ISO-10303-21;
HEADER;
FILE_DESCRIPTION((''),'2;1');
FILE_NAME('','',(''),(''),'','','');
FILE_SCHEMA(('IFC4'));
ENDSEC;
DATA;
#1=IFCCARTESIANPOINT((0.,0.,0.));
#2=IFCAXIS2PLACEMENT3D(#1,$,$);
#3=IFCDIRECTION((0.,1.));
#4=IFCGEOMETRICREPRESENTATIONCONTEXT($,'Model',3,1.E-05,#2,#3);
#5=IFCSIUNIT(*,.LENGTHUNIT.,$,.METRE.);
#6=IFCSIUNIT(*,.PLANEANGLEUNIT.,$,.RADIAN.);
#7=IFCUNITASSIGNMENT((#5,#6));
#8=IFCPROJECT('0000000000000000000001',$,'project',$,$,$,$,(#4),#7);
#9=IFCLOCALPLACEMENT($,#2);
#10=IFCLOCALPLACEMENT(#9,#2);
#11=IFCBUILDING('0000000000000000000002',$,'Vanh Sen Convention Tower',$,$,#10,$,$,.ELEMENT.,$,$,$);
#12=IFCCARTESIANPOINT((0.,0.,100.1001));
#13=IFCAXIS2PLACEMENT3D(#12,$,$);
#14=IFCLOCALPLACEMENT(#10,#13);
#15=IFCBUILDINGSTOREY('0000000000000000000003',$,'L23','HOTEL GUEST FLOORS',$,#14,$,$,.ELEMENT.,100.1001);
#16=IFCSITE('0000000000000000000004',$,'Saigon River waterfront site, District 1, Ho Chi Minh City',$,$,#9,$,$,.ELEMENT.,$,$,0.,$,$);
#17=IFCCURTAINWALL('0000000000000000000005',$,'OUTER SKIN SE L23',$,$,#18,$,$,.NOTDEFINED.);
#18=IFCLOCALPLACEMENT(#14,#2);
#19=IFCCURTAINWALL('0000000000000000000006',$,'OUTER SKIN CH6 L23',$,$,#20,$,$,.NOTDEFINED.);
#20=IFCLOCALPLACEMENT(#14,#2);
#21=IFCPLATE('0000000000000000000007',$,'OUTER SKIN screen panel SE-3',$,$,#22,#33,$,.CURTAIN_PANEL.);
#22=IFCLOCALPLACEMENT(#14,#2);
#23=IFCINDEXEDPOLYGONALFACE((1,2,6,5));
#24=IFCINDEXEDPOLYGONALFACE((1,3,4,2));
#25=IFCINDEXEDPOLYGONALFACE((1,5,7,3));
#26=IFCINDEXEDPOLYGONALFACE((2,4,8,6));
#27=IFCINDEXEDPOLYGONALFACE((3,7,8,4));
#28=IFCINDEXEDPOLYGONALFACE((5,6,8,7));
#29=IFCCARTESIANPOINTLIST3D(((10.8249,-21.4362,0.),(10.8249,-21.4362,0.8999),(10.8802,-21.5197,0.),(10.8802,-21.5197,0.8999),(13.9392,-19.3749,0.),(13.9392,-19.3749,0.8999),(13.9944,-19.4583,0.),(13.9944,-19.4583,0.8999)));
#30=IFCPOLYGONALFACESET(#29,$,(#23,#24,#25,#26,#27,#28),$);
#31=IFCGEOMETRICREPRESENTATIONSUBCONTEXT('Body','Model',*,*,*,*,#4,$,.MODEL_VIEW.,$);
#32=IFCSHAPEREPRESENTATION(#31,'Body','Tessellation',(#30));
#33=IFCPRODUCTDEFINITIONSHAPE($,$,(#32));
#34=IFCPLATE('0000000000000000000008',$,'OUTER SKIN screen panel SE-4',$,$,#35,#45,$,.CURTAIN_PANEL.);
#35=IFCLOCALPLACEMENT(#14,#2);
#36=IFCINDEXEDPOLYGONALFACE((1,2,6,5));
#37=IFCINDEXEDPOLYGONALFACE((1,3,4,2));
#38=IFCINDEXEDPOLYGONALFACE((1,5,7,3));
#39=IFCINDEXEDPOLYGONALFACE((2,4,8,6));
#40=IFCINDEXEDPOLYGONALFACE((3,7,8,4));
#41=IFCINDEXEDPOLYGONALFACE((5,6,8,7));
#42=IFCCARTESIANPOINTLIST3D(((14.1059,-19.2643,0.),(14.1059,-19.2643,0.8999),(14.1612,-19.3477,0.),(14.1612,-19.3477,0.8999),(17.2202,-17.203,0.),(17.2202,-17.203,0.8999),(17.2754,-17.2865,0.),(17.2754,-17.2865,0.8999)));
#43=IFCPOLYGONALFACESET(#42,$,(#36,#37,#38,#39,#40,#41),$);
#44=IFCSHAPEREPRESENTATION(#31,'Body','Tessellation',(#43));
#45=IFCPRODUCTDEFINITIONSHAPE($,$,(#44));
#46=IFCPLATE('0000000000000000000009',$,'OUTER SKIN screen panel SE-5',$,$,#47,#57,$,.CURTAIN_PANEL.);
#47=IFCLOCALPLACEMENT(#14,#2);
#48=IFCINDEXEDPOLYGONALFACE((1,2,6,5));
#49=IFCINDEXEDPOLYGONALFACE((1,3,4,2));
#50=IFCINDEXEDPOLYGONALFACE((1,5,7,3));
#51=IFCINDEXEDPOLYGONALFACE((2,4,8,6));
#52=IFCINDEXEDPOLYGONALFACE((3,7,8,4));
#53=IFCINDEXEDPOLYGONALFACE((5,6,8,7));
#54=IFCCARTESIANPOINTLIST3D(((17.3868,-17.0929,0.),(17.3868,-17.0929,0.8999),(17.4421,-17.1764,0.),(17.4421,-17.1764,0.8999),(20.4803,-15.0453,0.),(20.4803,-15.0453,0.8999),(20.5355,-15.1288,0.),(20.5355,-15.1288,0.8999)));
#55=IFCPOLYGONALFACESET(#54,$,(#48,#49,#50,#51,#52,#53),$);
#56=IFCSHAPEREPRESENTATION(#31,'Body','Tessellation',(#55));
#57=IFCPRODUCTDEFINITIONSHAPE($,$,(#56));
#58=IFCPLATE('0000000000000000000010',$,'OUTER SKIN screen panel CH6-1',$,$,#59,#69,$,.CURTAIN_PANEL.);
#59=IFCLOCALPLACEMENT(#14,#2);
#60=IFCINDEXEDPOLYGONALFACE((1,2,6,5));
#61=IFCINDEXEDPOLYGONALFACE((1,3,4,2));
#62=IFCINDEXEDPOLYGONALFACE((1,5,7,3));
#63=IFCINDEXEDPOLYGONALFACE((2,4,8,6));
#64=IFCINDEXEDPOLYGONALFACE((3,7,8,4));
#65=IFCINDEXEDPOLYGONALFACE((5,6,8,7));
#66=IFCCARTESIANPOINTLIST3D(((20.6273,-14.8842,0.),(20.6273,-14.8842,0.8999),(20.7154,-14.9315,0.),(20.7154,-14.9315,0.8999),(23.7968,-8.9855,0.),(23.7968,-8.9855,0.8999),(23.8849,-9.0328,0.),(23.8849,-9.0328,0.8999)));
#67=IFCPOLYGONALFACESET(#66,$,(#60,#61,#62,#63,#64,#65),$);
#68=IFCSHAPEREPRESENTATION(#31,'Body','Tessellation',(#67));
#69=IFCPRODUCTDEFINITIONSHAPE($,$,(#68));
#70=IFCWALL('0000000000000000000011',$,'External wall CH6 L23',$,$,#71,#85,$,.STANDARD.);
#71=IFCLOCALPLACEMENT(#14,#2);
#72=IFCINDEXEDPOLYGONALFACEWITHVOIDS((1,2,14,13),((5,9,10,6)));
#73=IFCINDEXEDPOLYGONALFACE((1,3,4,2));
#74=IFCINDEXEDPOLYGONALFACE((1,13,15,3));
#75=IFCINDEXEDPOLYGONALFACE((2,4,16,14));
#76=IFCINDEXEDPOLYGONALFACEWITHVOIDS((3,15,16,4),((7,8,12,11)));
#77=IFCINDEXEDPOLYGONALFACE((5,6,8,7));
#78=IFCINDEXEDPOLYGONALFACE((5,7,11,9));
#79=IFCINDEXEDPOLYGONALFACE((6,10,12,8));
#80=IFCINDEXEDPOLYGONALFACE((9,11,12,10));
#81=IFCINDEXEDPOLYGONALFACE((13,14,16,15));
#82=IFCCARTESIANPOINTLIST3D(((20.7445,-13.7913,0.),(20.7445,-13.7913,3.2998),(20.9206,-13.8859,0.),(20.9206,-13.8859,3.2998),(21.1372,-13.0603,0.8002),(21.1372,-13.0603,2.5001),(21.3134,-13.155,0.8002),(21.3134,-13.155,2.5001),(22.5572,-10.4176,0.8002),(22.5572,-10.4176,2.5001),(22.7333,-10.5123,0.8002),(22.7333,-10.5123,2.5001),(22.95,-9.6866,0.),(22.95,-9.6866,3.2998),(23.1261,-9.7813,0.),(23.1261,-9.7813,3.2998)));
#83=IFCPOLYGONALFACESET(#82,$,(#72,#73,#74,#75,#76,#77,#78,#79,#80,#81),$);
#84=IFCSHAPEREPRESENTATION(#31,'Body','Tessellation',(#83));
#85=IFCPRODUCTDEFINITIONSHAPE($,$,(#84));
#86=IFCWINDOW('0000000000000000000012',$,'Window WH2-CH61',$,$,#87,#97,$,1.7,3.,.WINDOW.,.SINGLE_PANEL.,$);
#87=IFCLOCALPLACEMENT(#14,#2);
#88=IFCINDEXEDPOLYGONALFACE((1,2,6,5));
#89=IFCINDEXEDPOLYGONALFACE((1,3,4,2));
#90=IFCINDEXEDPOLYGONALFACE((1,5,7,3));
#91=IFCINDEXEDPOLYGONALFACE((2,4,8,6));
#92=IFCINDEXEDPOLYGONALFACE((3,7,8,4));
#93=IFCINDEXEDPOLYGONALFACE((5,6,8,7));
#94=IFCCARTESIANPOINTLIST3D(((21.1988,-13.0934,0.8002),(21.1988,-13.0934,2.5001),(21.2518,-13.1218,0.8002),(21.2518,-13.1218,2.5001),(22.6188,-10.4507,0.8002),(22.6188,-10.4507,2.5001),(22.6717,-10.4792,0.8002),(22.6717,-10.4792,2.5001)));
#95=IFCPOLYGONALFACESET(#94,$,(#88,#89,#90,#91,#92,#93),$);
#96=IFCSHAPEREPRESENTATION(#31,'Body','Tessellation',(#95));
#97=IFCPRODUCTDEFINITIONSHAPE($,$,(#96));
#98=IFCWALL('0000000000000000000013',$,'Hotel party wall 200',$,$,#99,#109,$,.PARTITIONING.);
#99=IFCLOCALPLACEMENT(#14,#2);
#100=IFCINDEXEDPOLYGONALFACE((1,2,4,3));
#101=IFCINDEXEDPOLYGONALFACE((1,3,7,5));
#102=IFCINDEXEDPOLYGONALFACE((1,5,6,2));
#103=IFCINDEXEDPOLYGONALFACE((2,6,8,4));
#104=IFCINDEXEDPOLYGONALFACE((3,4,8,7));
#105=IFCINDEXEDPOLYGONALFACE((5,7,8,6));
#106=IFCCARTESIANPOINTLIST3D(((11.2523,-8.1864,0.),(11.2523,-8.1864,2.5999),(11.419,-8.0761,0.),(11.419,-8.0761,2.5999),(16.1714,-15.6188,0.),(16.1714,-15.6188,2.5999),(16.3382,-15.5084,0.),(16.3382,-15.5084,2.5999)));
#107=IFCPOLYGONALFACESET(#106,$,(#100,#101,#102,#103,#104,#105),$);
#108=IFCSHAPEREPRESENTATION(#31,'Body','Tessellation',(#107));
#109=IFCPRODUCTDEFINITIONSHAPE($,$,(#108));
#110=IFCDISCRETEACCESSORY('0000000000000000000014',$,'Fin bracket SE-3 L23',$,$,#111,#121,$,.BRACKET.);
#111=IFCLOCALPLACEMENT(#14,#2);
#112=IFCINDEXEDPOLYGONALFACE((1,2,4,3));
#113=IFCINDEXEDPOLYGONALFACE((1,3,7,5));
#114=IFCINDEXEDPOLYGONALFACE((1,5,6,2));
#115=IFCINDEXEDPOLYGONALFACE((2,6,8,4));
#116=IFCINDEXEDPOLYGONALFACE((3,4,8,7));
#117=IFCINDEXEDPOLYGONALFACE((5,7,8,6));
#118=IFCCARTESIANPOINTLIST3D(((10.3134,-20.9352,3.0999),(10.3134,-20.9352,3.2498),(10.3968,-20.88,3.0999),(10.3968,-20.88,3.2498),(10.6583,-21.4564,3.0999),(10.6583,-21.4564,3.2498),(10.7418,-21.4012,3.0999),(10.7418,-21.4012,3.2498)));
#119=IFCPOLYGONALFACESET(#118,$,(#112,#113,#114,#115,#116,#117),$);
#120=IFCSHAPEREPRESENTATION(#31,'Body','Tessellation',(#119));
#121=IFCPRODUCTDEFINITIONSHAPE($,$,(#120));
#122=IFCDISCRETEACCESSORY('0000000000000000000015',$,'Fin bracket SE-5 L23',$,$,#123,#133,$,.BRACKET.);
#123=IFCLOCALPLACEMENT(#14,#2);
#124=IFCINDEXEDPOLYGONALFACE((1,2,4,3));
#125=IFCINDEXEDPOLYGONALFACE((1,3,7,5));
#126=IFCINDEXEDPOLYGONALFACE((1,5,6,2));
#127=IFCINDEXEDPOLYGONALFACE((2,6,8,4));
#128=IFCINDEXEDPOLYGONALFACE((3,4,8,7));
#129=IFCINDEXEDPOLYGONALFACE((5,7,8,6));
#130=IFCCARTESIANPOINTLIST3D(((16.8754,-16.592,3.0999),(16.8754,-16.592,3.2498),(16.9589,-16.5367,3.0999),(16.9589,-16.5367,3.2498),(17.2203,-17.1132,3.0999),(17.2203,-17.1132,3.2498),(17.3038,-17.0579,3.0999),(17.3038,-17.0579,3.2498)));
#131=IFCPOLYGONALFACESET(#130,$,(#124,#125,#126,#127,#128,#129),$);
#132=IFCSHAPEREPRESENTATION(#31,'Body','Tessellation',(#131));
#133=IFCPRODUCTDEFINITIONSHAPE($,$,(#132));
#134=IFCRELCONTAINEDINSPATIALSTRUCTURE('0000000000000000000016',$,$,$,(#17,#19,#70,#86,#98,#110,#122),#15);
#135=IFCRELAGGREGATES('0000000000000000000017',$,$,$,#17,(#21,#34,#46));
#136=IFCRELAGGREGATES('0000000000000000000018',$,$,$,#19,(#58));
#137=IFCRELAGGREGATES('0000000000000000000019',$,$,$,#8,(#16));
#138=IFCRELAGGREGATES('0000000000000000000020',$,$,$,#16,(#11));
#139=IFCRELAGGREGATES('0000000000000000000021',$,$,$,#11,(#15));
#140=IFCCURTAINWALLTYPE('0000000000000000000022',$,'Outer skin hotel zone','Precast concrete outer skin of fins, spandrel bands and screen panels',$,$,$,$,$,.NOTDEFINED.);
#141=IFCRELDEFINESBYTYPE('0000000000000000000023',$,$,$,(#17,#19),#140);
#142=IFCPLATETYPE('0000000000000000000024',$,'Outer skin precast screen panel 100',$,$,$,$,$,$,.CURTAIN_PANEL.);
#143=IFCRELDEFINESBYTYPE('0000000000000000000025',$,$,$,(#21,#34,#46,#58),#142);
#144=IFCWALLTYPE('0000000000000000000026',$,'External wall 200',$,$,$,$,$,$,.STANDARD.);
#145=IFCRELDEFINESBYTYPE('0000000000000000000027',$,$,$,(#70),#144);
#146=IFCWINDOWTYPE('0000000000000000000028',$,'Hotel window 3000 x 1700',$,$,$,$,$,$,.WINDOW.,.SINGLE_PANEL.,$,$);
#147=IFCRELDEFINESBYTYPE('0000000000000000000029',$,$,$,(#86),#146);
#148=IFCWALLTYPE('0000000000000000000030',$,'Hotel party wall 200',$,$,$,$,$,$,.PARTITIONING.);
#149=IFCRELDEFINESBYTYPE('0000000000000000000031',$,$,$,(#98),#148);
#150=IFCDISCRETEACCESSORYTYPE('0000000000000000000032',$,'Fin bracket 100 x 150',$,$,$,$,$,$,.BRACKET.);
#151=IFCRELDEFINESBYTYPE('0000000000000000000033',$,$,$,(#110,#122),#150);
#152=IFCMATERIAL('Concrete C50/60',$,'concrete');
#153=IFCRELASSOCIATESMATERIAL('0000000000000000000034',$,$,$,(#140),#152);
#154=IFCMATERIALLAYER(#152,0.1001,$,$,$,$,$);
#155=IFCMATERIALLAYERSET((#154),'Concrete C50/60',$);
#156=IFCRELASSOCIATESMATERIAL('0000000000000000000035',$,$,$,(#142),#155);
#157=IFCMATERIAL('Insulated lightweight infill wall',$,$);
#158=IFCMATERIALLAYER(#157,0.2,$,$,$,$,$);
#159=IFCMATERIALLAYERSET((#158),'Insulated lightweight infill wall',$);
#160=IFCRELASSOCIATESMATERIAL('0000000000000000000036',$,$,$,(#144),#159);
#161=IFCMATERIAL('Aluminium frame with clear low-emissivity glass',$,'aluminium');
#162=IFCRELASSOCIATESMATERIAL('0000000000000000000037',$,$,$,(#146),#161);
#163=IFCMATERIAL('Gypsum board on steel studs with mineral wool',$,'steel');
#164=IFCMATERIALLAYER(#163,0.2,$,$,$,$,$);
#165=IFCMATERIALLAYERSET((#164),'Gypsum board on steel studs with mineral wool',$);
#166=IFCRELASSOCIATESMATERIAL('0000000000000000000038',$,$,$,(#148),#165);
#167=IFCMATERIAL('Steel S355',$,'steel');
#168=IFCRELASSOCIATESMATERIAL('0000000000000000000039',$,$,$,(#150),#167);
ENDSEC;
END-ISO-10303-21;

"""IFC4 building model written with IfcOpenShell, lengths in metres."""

from ifc_helpers import new_model, si_unit, direction, frame, frame_2d, origin, origin_2d, place, context, subcontext, project, spatial, rectangle, extrude, material, layer, layer_set, type_object, element, fill, aggregate, save


model = new_model("IFC4")

# Units and contexts
model_context = context("Model", 3, precision=1e-05, world=origin(), true_north=direction((0.0, 1.0)))
body_context = subcontext(model_context, "Body", "Model", "MODEL_VIEW")
ifc_project = project(units=[si_unit("LENGTHUNIT", "METRE"), si_unit("PLANEANGLEUNIT", "RADIAN")], contexts=[model_context])

# Site, building, storey
site_placement = place(None, origin())
site = spatial("IfcSite", under=ifc_project, at=site_placement, Name="Saigon River waterfront site, District 1, Ho Chi Minh City", CompositionType="ELEMENT", RefElevation=0.0)
building_placement = place(site_placement, origin())
building = spatial("IfcBuilding", under=site, at=building_placement, Name="Vanh Sen Convention Tower", CompositionType="ELEMENT")
storey_placement = place(building_placement, frame((0.0, 0.0, 100.1001)))
storey = spatial("IfcBuildingStorey", under=building, at=storey_placement, Name="L23", Description="HOTEL GUEST FLOORS", CompositionType="ELEMENT", Elevation=100.1001)

# Curtain wall
ifc_material_1 = material(Name="Concrete C50/60", Category="concrete")
curtain_wall_type = type_object("IfcCurtainWallType", Name="Outer skin hotel zone", Description="Precast concrete outer skin of fins, spandrel bands and screen panels", PredefinedType="NOTDEFINED", material=ifc_material_1)
curtain_wall_1_placement = place(storey_placement, origin())
curtain_wall_1 = element("IfcCurtainWall", 1, at=curtain_wall_1_placement, inside=storey, type_object=curtain_wall_type, Name="OUTER SKIN SE L23", PredefinedType="NOTDEFINED")

# Curtain wall
curtain_wall_2_placement = place(storey_placement, origin())
curtain_wall_2 = element("IfcCurtainWall", 2, at=curtain_wall_2_placement, inside=storey, type_object=curtain_wall_type, Name="OUTER SKIN CH6 L23", PredefinedType="NOTDEFINED")

# Plates
ifc_layer_1 = layer(ifc_material_1, 0.1001)
ifc_layer_set_1 = layer_set([ifc_layer_1], Name="Concrete C50/60")
plate_type = type_object("IfcPlateType", Name="Outer skin precast screen panel 100", PredefinedType="CURTAIN_PANEL", material=ifc_layer_set_1)
plate_1_placement = place(storey_placement, frame((12.4097, -20.4473, 0.0), z_axis=(0.0, 0.0, 1.0), x_axis=(0.83388, 0.551946, 0.0)))
plate_1 = element("IfcPlate", 3, at=plate_1_placement, type_object=plate_type, Name="OUTER SKIN screen panel SE-3", PredefinedType="CURTAIN_PANEL", context=body_context, shape_type="SweptSolid", body=[
    extrude(rectangle(XDim=3.7346, YDim=0.1001, at=origin_2d()), origin(), (0.0, 0.0, 1.0), 0.8999),
])
plate_2_placement = place(storey_placement, frame((15.6907, -18.2754, 0.0), z_axis=(0.0, 0.0, 1.0), x_axis=(0.833892, 0.551928, 0.0)))
plate_2 = element("IfcPlate", 4, at=plate_2_placement, type_object=plate_type, Name="OUTER SKIN screen panel SE-4", PredefinedType="CURTAIN_PANEL", context=body_context, shape_type="SweptSolid", body=[
    extrude(rectangle(XDim=3.7346, YDim=0.1001, at=origin_2d()), origin(), (0.0, 0.0, 1.0), 0.8999),
])
plate_3_placement = place(storey_placement, frame((18.9612, -16.1108, 0.0), z_axis=(0.0, 0.0, 1.0), x_axis=(0.83388, 0.551946, 0.0)))
plate_3 = element("IfcPlate", 5, at=plate_3_placement, type_object=plate_type, Name="OUTER SKIN screen panel SE-5", PredefinedType="CURTAIN_PANEL", context=body_context, shape_type="SweptSolid", body=[
    extrude(rectangle(XDim=3.7097, YDim=0.1001, at=origin_2d()), origin(), (0.0, 0.0, 1.0), 0.8999),
])
aggregate(curtain_wall_1, [plate_1, plate_2, plate_3])
plate_4_placement = place(storey_placement, frame((22.2561, -11.9585, 0.0), z_axis=(0.0, 0.0, 1.0), x_axis=(0.473323, 0.880889, 0.0)))
plate_4 = element("IfcPlate", 6, at=plate_4_placement, type_object=plate_type, Name="OUTER SKIN screen panel CH6-1", PredefinedType="CURTAIN_PANEL", context=body_context, shape_type="SweptSolid", body=[
    extrude(rectangle(XDim=6.6963, YDim=0.1001, at=origin_2d()), origin(), (0.0, 0.0, 1.0), 0.8999),
])
aggregate(curtain_wall_2, [plate_4])

# Wall, opening, window
ifc_material_2 = material(Name="Insulated lightweight infill wall")
ifc_layer_2 = layer(ifc_material_2, 0.2)
ifc_layer_set_2 = layer_set([ifc_layer_2], Name="Insulated lightweight infill wall")
wall_type_1 = type_object("IfcWallType", Name="External wall 200", PredefinedType="STANDARD", material=ifc_layer_set_2)
wall_1_placement = place(storey_placement, frame((20.8325, -13.8386, 0.0), z_axis=(0.0, 0.0, 1.0), x_axis=(0.473322, 0.88089, 0.0)))
wall_1 = element("IfcWall", 7, at=wall_1_placement, inside=storey, type_object=wall_type_1, Name="External wall CH6 L23", PredefinedType="STANDARD", context=body_context, shape_type="SweptSolid", body=[
    extrude(rectangle(XDim=4.6597, YDim=0.2, at=frame_2d((2.3298, 0.0))), origin(), (0.0, 0.0, 1.0), 3.2998),
])
opening_placement = place(wall_1_placement, frame((0.8298, 0.0, 0.8)))
opening = element("IfcOpeningElement", 8, at=opening_placement, cuts=wall_1, PredefinedType="OPENING", context=body_context, shape_type="SweptSolid", body=[
    extrude(rectangle(XDim=3.0, YDim=1.7, at=frame_2d((1.5, 0.8501))), frame((0.0, 0.1099, 0.0), z_axis=(0.0, -1.0, 0.0), x_axis=(1.0, 0.0, 0.0)), (0.0, 0.0, 1.0), 0.22),
])
ifc_material_3 = material(Name="Aluminium frame with clear low-emissivity glass", Category="aluminium")
window_type = type_object("IfcWindowType", Name="Hotel window 3000 x 1700", PartitioningType="SINGLE_PANEL", PredefinedType="WINDOW", material=ifc_material_3)
window_placement = place(opening_placement, origin())
window = element("IfcWindow", 9, at=window_placement, inside=storey, type_object=window_type, Name="Window WH2-CH61", OverallHeight=1.7, OverallWidth=3.0, PartitioningType="SINGLE_PANEL", PredefinedType="WINDOW", context=body_context, shape_type="SweptSolid", body=[
    extrude(rectangle(XDim=3.0, YDim=1.7, at=frame_2d((1.5, 0.8501))), frame((0.0, 0.03, 0.0), z_axis=(0.0, -1.0, 0.0), x_axis=(1.0, 0.0, 0.0)), (0.0, 0.0, 1.0), 0.0601),
])
fill(opening, window)

# Wall
ifc_material_4 = material(Name="Gypsum board on steel studs with mineral wool", Category="steel")
ifc_layer_3 = layer(ifc_material_4, 0.2)
ifc_layer_set_3 = layer_set([ifc_layer_3], Name="Gypsum board on steel studs with mineral wool")
wall_type_2 = type_object("IfcWallType", Name="Hotel party wall 200", PredefinedType="PARTITIONING", material=ifc_layer_set_3)
wall_2_placement = place(storey_placement, frame((16.2549, -15.5637, 0.0), z_axis=(0.0, 0.0, 1.0), x_axis=(-0.551922, 0.833896, 0.0)))
element("IfcWall", 10, at=wall_2_placement, inside=storey, type_object=wall_type_2, Name="Hotel party wall 200", PredefinedType="PARTITIONING", context=body_context, shape_type="SweptSolid", body=[
    extrude(rectangle(XDim=8.9128, YDim=0.2, at=frame_2d((4.4565, 0.0))), origin(), (0.0, 0.0, 1.0), 2.5999),
])

# Discrete accessories
ifc_material_5 = material(Name="Steel S355", Category="steel")
discrete_accessory_type = type_object("IfcDiscreteAccessoryType", Name="Fin bracket 100 x 150", PredefinedType="BRACKET", material=ifc_material_5)
for number, where, z_axis, x_axis, name in (
    (11, (10.5276, -21.1682, 3.0999), (0.0, 0.0, 1.0), (0.551937, -0.833886, 0.0), "Fin bracket SE-3 L23"),
    (12, (17.0896, -16.825, 3.0999), (0.0, 0.0, 1.0), (0.551937, -0.833886, 0.0), "Fin bracket SE-5 L23"),
):
    element("IfcDiscreteAccessory", number, at=place(storey_placement, frame(where, z_axis=z_axis, x_axis=x_axis)), inside=storey, type_object=discrete_accessory_type, Name=name, PredefinedType="BRACKET", context=body_context, shape_type="SweptSolid", body=[
        extrude(rectangle(XDim=0.625, YDim=0.1001, at=origin_2d()), origin(), (0.0, 0.0, 1.0), 0.1499),
    ])

save(model, "model.ifc")
